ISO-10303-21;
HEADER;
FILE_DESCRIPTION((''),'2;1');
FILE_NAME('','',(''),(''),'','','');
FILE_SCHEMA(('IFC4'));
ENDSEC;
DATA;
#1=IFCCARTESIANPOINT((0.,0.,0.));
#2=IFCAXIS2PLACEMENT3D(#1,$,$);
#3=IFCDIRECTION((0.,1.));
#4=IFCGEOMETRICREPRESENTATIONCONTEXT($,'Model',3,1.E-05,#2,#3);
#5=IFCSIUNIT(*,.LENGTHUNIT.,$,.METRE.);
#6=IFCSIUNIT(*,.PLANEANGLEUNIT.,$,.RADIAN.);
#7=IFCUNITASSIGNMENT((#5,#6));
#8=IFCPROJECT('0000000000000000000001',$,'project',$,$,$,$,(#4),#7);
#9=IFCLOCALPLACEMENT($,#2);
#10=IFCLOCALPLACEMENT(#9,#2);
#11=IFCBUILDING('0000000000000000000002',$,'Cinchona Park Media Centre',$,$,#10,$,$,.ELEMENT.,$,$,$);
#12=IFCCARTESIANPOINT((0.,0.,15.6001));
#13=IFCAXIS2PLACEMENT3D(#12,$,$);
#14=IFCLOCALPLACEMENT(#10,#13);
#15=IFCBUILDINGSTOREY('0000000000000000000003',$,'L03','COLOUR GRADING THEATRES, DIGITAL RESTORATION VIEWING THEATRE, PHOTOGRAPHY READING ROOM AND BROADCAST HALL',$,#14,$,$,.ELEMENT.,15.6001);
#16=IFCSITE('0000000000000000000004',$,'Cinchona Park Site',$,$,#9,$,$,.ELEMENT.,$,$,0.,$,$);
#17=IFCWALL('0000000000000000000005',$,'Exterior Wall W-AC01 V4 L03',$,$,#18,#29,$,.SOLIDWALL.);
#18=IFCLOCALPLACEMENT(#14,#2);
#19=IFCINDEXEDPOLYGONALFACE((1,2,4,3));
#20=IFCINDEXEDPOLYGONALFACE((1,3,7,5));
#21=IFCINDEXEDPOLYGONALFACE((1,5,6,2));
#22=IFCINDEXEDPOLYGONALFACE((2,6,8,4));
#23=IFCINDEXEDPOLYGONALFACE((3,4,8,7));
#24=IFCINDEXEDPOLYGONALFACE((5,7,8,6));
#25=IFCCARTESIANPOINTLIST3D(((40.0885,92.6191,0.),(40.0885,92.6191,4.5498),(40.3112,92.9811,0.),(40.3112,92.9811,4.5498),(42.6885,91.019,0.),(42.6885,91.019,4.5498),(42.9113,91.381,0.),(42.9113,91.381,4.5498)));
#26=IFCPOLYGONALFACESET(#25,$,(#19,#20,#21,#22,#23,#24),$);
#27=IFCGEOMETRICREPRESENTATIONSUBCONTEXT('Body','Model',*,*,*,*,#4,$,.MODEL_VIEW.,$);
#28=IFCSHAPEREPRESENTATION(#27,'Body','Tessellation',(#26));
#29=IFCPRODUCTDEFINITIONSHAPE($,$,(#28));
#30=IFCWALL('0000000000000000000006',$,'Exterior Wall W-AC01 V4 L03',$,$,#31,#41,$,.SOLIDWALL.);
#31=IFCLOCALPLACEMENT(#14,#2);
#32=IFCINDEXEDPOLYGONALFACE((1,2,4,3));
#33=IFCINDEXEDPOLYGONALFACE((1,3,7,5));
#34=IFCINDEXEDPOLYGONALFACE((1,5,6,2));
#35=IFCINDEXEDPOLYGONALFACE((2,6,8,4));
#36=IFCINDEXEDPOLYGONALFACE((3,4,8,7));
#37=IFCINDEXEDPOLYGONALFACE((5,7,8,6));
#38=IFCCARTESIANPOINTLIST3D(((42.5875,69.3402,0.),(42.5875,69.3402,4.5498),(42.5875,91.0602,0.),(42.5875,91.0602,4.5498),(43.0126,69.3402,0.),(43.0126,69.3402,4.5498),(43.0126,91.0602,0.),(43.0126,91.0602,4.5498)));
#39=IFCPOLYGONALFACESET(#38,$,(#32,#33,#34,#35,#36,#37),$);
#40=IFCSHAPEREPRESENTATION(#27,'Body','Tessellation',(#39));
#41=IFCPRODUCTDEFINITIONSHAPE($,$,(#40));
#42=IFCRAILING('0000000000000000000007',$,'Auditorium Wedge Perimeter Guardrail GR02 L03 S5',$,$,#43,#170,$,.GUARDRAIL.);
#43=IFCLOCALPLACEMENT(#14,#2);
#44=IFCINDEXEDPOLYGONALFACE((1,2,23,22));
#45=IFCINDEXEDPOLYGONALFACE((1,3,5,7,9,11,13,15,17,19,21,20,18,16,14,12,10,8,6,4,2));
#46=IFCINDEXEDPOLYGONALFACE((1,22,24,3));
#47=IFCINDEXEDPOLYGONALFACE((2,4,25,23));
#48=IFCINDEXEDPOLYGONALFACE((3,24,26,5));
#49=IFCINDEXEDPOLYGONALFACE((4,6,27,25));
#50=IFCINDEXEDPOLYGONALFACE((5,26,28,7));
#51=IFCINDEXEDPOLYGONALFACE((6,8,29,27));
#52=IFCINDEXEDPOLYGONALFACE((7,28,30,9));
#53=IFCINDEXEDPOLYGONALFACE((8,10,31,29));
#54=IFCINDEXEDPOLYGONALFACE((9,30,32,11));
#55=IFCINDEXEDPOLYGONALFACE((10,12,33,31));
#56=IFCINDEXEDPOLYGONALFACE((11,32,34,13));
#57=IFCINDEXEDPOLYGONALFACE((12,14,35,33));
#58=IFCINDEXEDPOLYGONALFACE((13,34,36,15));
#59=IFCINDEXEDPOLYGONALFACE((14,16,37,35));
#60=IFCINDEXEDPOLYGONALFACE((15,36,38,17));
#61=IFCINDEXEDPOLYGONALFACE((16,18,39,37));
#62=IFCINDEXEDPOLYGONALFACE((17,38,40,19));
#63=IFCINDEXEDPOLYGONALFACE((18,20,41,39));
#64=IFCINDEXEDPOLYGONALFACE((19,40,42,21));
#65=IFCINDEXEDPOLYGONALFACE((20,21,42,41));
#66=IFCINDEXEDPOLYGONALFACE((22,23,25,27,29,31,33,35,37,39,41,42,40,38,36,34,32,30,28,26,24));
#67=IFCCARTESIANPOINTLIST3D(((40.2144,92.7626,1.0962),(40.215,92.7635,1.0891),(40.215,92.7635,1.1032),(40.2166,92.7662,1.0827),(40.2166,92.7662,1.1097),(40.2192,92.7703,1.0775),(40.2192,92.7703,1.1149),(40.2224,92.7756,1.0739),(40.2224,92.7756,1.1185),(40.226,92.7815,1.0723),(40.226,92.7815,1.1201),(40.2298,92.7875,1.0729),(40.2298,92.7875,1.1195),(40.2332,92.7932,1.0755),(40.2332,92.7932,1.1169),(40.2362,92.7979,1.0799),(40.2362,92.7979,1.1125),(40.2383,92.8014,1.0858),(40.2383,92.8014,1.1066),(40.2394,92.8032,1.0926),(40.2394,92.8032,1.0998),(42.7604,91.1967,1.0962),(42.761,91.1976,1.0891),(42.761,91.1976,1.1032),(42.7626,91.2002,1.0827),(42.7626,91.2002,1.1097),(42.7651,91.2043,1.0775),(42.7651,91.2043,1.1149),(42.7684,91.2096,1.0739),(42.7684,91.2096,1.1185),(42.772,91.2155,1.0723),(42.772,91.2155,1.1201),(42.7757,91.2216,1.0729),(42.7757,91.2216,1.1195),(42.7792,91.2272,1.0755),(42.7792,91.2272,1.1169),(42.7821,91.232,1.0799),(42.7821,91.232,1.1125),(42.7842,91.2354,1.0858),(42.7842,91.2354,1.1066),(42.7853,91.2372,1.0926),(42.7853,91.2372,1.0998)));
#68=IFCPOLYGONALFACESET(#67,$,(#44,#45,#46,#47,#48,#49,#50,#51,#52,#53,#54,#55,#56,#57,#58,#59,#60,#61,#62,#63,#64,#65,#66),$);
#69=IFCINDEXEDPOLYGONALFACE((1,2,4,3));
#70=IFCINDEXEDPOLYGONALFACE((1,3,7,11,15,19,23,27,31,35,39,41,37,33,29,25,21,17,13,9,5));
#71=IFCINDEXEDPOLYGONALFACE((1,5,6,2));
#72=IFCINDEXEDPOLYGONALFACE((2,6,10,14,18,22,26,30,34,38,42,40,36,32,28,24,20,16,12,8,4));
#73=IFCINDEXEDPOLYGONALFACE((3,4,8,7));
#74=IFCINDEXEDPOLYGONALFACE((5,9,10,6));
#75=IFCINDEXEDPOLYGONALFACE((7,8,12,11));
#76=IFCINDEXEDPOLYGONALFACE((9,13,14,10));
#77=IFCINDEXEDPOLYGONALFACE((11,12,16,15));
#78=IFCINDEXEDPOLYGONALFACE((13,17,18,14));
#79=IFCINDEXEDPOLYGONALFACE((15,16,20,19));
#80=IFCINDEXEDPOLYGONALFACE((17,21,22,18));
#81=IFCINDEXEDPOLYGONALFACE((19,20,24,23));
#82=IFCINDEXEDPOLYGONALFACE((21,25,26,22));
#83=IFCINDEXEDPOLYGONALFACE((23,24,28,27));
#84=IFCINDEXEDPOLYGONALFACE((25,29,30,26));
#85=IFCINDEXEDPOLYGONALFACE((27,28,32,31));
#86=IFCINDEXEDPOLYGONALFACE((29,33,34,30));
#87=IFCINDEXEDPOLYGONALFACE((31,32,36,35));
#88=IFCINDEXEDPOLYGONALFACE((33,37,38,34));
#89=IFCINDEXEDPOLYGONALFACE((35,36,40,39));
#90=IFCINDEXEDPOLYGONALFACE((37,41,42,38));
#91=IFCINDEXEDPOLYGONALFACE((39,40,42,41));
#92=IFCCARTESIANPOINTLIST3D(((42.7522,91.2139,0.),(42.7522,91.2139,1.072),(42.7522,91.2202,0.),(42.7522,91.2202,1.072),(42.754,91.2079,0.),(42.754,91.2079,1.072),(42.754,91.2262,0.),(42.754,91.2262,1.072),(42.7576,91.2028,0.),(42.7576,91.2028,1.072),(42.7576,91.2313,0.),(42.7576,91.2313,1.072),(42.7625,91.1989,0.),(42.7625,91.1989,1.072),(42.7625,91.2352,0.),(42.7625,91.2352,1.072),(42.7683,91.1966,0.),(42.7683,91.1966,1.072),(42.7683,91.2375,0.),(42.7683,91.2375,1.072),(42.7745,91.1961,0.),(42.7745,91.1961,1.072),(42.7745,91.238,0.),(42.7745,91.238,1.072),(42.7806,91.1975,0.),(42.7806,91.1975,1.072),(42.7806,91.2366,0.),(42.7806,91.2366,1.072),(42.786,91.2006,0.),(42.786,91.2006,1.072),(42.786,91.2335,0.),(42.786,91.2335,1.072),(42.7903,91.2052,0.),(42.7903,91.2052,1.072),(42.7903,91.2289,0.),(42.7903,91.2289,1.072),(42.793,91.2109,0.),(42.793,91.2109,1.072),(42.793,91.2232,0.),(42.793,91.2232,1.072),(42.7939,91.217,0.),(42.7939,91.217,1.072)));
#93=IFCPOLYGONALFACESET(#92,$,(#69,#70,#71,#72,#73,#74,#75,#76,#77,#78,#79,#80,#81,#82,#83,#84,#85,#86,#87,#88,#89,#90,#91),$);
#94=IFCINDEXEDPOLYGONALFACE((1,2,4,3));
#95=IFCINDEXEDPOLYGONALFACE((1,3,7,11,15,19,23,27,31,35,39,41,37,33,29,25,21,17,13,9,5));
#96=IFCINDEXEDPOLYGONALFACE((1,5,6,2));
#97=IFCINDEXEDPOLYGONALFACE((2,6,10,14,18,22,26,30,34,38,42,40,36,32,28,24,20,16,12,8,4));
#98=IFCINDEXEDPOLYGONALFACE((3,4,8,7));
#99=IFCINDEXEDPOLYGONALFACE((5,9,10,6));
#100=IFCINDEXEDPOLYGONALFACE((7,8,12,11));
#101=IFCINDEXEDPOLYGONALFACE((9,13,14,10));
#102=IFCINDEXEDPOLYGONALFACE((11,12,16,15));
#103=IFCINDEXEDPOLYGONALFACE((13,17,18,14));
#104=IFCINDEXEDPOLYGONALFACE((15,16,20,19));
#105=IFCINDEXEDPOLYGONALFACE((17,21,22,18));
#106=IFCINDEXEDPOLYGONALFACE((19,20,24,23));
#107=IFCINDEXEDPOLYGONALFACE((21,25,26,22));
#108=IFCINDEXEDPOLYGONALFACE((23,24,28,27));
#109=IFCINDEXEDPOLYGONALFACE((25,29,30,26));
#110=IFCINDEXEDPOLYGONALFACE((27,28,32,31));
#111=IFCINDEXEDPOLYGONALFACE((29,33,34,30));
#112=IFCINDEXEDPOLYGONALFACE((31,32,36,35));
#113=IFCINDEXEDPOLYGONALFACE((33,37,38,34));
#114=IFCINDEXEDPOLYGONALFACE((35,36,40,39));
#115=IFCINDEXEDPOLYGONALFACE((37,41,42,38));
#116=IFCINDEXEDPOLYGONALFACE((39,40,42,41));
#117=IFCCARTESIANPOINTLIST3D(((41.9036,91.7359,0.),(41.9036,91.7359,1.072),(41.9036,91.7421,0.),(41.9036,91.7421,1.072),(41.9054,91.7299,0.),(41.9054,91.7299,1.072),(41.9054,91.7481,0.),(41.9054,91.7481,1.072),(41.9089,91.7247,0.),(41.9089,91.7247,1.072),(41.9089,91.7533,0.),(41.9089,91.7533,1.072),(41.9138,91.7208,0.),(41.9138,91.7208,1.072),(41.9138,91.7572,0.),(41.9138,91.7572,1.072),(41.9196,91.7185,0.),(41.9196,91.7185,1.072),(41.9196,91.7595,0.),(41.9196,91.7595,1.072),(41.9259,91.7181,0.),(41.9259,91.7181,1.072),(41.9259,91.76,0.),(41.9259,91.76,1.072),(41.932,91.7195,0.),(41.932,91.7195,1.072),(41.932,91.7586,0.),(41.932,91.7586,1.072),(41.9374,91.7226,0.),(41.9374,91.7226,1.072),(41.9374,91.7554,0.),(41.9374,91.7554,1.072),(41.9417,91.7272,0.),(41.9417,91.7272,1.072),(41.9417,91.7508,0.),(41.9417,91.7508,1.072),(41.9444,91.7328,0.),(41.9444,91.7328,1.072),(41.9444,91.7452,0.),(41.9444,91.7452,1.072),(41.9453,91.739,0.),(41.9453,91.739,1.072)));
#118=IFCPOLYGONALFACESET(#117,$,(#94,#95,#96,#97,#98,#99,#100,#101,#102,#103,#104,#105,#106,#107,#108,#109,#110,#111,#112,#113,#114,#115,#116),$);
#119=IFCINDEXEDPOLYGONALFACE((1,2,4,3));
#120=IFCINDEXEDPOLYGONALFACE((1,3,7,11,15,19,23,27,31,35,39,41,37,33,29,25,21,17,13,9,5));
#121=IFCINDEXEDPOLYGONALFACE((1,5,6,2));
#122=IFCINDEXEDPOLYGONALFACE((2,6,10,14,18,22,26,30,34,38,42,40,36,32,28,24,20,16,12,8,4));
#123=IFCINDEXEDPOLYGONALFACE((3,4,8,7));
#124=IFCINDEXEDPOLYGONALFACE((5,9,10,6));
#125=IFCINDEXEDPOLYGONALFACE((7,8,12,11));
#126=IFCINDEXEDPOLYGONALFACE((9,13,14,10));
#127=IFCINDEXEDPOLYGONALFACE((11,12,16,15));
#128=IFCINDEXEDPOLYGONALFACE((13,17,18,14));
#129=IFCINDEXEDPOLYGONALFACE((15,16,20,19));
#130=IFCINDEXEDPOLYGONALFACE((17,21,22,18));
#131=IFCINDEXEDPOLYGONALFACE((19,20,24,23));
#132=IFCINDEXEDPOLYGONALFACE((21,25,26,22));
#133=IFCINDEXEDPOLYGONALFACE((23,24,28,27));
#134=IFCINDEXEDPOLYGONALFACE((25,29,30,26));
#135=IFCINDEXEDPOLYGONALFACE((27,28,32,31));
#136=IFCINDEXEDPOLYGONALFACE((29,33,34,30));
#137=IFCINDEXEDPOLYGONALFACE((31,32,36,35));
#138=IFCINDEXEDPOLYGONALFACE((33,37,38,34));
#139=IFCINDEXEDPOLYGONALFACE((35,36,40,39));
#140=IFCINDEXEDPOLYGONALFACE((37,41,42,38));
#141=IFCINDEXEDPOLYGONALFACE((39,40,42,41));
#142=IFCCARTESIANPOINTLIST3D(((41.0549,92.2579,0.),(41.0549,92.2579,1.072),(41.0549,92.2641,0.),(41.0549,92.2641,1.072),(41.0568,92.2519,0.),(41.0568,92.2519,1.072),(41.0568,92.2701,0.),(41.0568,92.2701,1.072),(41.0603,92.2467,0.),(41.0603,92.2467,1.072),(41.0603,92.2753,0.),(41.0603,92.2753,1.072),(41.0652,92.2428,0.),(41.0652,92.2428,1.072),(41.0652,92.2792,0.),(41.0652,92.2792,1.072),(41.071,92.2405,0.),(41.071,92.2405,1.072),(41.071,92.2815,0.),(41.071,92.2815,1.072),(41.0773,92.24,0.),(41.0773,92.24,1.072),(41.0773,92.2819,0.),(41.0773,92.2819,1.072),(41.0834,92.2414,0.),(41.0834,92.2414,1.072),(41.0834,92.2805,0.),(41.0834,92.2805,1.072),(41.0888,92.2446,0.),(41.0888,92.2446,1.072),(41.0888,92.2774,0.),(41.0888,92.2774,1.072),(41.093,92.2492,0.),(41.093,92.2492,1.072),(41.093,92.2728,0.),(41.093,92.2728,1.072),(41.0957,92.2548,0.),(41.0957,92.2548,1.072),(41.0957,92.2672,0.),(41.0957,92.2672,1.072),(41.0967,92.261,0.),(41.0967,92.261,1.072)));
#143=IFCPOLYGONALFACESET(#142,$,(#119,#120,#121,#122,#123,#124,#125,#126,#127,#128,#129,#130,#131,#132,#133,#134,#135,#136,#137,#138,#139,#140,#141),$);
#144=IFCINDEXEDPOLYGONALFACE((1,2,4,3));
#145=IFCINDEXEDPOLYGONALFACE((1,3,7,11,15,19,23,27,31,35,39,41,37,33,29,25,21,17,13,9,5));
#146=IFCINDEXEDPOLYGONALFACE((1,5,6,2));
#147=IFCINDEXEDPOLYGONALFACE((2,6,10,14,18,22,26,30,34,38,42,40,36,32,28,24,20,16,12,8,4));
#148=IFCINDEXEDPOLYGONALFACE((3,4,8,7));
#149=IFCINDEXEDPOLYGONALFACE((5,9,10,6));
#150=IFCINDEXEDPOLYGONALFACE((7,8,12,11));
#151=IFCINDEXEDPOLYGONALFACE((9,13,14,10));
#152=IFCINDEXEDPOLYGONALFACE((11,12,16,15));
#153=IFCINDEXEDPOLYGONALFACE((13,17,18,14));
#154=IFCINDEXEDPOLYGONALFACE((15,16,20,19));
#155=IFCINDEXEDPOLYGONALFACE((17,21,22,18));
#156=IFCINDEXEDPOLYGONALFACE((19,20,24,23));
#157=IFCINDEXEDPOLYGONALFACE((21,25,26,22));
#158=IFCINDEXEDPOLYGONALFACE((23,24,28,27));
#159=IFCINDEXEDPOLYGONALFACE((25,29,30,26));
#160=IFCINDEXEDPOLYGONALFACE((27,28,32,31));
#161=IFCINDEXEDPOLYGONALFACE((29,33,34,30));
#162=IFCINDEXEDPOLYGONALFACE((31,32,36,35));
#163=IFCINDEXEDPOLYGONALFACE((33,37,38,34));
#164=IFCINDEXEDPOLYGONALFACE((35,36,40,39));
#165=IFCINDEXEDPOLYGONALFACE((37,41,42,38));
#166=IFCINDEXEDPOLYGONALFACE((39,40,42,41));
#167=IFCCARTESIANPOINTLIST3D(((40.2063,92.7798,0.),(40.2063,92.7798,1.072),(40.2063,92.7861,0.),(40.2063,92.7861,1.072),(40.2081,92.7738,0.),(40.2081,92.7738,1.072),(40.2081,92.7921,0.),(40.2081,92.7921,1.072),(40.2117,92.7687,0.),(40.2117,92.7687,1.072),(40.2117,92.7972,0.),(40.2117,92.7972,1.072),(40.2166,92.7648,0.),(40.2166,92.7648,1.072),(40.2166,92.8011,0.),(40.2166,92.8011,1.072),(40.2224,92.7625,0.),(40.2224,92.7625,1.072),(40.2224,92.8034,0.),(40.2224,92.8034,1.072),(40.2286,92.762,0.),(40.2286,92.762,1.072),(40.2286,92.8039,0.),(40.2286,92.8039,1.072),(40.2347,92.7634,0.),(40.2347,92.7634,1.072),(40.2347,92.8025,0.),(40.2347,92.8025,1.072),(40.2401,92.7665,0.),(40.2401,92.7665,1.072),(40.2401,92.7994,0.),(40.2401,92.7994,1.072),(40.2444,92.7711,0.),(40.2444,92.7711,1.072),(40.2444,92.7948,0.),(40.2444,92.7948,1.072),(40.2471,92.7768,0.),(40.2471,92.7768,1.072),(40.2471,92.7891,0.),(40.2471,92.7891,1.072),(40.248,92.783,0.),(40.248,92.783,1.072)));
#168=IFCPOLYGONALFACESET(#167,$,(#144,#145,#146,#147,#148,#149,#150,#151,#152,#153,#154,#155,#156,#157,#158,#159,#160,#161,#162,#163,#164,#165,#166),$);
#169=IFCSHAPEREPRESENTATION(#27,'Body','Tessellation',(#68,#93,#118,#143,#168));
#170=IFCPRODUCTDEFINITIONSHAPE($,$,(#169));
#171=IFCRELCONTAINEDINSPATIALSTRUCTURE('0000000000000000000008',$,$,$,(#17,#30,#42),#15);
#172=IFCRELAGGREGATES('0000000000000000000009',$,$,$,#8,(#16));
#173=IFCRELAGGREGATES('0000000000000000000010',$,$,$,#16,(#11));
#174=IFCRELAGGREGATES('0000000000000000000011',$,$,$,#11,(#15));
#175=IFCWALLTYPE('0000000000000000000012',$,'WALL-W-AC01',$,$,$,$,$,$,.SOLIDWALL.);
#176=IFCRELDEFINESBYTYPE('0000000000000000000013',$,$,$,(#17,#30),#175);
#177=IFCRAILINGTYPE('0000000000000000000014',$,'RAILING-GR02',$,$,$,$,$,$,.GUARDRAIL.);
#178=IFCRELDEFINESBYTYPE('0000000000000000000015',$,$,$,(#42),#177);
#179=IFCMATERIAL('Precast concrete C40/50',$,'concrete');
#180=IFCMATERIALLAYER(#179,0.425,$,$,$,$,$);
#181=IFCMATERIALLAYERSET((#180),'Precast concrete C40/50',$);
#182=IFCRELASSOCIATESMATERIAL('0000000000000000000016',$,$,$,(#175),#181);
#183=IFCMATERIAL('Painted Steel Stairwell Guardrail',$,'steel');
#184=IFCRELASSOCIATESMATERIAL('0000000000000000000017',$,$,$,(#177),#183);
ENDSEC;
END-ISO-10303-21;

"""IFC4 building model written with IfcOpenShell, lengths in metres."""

from ifc_helpers import new_model, si_unit, direction, frame, frame_2d, origin, origin_2d, place, context, subcontext, project, spatial, rectangle, circle, extrude, material, layer, layer_set, type_object, element, save


model = new_model("IFC4")

# Units and contexts
model_context = context("Model", 3, precision=1e-05, world=origin(), true_north=direction((0.0, 1.0)))
body_context = subcontext(model_context, "Body", "Model", "MODEL_VIEW")
ifc_project = project(units=[si_unit("LENGTHUNIT", "METRE"), si_unit("PLANEANGLEUNIT", "RADIAN")], contexts=[model_context])

# Site, building, storey
site_placement = place(None, origin())
site = spatial("IfcSite", under=ifc_project, at=site_placement, Name="Cinchona Park Site", CompositionType="ELEMENT", RefElevation=0.0)
building_placement = place(site_placement, origin())
building = spatial("IfcBuilding", under=site, at=building_placement, Name="Cinchona Park Media Centre", CompositionType="ELEMENT")
storey_placement = place(building_placement, frame((0.0, 0.0, 15.6001)))
storey = spatial("IfcBuildingStorey", under=building, at=storey_placement, Name="L03", Description="COLOUR GRADING THEATRES, DIGITAL RESTORATION VIEWING THEATRE, PHOTOGRAPHY READING ROOM AND BROADCAST HALL", CompositionType="ELEMENT", Elevation=15.6001)

# Walls
ifc_material_1 = material(Name="Precast concrete C40/50", Category="concrete")
ifc_layer = layer(ifc_material_1, 0.425)
ifc_layer_set = layer_set([ifc_layer], Name="Precast concrete C40/50")
wall_type = type_object("IfcWallType", Name="WALL-W-AC01", PredefinedType="SOLIDWALL", material=ifc_layer_set)
wall_1_placement = place(storey_placement, frame((40.2, 92.8, 0.0), z_axis=(0.0, 0.0, 1.0), x_axis=(0.851653, -0.524106, 0.0)))
element("IfcWall", 1, at=wall_1_placement, inside=storey, type_object=wall_type, Name="Exterior Wall W-AC01 V4 L03", PredefinedType="SOLIDWALL", context=body_context, shape_type="SweptSolid", body=[
    extrude(rectangle(XDim=3.053, YDim=0.425, at=frame_2d((1.5264, 0.0))), origin(), (0.0, 0.0, 1.0), 4.5498),
])
wall_2_placement = place(storey_placement, frame((42.8, 91.0601, 0.0), z_axis=(0.0, 0.0, 1.0), x_axis=(0.0, -1.0, 0.0)))
element("IfcWall", 2, at=wall_2_placement, inside=storey, type_object=wall_type, Name="Exterior Wall W-AC01 V4 L03", PredefinedType="SOLIDWALL", context=body_context, shape_type="SweptSolid", body=[
    extrude(rectangle(XDim=21.72, YDim=0.425, at=frame_2d((10.8599, 0.0))), origin(), (0.0, 0.0, 1.0), 4.5498),
])

# Railing
ifc_material_2 = material(Name="Painted Steel Stairwell Guardrail", Category="steel")
railing_type = type_object("IfcRailingType", Name="RAILING-GR02", PredefinedType="GUARDRAIL", material=ifc_material_2)
railing_1_placement = place(storey_placement, frame((42.7729, 91.217, 0.0)))
element("IfcRailing", 3, at=railing_1_placement, inside=storey, type_object=railing_type, Name="Auditorium Wedge Perimeter Guardrail GR02 L03 S5", PredefinedType="GUARDRAIL", context=body_context, shape_type="SweptSolid", body=[
    extrude(circle(Radius=0.0239, at=origin_2d()), frame((0.0, 0.0, 1.0962), z_axis=(-0.851776, 0.523906, 0.0), x_axis=(-0.523906, -0.851776, 0.0)), (0.0, 0.0, 1.0), 2.989),
    extrude(circle(Radius=0.021, at=origin_2d()), origin(), (0.0, 0.0, 1.0), 1.072),
    extrude(circle(Radius=0.021, at=origin_2d()), frame((-0.8486, 0.522, 0.0)), (0.0, 0.0, 1.0), 1.072),
    extrude(circle(Radius=0.021, at=origin_2d()), frame((-1.6973, 1.0439, 0.0)), (0.0, 0.0, 1.0), 1.072),
    extrude(circle(Radius=0.021, at=origin_2d()), frame((-2.5459, 1.5659, 0.0)), (0.0, 0.0, 1.0), 1.072),
])

save(model, "model.ifc")
